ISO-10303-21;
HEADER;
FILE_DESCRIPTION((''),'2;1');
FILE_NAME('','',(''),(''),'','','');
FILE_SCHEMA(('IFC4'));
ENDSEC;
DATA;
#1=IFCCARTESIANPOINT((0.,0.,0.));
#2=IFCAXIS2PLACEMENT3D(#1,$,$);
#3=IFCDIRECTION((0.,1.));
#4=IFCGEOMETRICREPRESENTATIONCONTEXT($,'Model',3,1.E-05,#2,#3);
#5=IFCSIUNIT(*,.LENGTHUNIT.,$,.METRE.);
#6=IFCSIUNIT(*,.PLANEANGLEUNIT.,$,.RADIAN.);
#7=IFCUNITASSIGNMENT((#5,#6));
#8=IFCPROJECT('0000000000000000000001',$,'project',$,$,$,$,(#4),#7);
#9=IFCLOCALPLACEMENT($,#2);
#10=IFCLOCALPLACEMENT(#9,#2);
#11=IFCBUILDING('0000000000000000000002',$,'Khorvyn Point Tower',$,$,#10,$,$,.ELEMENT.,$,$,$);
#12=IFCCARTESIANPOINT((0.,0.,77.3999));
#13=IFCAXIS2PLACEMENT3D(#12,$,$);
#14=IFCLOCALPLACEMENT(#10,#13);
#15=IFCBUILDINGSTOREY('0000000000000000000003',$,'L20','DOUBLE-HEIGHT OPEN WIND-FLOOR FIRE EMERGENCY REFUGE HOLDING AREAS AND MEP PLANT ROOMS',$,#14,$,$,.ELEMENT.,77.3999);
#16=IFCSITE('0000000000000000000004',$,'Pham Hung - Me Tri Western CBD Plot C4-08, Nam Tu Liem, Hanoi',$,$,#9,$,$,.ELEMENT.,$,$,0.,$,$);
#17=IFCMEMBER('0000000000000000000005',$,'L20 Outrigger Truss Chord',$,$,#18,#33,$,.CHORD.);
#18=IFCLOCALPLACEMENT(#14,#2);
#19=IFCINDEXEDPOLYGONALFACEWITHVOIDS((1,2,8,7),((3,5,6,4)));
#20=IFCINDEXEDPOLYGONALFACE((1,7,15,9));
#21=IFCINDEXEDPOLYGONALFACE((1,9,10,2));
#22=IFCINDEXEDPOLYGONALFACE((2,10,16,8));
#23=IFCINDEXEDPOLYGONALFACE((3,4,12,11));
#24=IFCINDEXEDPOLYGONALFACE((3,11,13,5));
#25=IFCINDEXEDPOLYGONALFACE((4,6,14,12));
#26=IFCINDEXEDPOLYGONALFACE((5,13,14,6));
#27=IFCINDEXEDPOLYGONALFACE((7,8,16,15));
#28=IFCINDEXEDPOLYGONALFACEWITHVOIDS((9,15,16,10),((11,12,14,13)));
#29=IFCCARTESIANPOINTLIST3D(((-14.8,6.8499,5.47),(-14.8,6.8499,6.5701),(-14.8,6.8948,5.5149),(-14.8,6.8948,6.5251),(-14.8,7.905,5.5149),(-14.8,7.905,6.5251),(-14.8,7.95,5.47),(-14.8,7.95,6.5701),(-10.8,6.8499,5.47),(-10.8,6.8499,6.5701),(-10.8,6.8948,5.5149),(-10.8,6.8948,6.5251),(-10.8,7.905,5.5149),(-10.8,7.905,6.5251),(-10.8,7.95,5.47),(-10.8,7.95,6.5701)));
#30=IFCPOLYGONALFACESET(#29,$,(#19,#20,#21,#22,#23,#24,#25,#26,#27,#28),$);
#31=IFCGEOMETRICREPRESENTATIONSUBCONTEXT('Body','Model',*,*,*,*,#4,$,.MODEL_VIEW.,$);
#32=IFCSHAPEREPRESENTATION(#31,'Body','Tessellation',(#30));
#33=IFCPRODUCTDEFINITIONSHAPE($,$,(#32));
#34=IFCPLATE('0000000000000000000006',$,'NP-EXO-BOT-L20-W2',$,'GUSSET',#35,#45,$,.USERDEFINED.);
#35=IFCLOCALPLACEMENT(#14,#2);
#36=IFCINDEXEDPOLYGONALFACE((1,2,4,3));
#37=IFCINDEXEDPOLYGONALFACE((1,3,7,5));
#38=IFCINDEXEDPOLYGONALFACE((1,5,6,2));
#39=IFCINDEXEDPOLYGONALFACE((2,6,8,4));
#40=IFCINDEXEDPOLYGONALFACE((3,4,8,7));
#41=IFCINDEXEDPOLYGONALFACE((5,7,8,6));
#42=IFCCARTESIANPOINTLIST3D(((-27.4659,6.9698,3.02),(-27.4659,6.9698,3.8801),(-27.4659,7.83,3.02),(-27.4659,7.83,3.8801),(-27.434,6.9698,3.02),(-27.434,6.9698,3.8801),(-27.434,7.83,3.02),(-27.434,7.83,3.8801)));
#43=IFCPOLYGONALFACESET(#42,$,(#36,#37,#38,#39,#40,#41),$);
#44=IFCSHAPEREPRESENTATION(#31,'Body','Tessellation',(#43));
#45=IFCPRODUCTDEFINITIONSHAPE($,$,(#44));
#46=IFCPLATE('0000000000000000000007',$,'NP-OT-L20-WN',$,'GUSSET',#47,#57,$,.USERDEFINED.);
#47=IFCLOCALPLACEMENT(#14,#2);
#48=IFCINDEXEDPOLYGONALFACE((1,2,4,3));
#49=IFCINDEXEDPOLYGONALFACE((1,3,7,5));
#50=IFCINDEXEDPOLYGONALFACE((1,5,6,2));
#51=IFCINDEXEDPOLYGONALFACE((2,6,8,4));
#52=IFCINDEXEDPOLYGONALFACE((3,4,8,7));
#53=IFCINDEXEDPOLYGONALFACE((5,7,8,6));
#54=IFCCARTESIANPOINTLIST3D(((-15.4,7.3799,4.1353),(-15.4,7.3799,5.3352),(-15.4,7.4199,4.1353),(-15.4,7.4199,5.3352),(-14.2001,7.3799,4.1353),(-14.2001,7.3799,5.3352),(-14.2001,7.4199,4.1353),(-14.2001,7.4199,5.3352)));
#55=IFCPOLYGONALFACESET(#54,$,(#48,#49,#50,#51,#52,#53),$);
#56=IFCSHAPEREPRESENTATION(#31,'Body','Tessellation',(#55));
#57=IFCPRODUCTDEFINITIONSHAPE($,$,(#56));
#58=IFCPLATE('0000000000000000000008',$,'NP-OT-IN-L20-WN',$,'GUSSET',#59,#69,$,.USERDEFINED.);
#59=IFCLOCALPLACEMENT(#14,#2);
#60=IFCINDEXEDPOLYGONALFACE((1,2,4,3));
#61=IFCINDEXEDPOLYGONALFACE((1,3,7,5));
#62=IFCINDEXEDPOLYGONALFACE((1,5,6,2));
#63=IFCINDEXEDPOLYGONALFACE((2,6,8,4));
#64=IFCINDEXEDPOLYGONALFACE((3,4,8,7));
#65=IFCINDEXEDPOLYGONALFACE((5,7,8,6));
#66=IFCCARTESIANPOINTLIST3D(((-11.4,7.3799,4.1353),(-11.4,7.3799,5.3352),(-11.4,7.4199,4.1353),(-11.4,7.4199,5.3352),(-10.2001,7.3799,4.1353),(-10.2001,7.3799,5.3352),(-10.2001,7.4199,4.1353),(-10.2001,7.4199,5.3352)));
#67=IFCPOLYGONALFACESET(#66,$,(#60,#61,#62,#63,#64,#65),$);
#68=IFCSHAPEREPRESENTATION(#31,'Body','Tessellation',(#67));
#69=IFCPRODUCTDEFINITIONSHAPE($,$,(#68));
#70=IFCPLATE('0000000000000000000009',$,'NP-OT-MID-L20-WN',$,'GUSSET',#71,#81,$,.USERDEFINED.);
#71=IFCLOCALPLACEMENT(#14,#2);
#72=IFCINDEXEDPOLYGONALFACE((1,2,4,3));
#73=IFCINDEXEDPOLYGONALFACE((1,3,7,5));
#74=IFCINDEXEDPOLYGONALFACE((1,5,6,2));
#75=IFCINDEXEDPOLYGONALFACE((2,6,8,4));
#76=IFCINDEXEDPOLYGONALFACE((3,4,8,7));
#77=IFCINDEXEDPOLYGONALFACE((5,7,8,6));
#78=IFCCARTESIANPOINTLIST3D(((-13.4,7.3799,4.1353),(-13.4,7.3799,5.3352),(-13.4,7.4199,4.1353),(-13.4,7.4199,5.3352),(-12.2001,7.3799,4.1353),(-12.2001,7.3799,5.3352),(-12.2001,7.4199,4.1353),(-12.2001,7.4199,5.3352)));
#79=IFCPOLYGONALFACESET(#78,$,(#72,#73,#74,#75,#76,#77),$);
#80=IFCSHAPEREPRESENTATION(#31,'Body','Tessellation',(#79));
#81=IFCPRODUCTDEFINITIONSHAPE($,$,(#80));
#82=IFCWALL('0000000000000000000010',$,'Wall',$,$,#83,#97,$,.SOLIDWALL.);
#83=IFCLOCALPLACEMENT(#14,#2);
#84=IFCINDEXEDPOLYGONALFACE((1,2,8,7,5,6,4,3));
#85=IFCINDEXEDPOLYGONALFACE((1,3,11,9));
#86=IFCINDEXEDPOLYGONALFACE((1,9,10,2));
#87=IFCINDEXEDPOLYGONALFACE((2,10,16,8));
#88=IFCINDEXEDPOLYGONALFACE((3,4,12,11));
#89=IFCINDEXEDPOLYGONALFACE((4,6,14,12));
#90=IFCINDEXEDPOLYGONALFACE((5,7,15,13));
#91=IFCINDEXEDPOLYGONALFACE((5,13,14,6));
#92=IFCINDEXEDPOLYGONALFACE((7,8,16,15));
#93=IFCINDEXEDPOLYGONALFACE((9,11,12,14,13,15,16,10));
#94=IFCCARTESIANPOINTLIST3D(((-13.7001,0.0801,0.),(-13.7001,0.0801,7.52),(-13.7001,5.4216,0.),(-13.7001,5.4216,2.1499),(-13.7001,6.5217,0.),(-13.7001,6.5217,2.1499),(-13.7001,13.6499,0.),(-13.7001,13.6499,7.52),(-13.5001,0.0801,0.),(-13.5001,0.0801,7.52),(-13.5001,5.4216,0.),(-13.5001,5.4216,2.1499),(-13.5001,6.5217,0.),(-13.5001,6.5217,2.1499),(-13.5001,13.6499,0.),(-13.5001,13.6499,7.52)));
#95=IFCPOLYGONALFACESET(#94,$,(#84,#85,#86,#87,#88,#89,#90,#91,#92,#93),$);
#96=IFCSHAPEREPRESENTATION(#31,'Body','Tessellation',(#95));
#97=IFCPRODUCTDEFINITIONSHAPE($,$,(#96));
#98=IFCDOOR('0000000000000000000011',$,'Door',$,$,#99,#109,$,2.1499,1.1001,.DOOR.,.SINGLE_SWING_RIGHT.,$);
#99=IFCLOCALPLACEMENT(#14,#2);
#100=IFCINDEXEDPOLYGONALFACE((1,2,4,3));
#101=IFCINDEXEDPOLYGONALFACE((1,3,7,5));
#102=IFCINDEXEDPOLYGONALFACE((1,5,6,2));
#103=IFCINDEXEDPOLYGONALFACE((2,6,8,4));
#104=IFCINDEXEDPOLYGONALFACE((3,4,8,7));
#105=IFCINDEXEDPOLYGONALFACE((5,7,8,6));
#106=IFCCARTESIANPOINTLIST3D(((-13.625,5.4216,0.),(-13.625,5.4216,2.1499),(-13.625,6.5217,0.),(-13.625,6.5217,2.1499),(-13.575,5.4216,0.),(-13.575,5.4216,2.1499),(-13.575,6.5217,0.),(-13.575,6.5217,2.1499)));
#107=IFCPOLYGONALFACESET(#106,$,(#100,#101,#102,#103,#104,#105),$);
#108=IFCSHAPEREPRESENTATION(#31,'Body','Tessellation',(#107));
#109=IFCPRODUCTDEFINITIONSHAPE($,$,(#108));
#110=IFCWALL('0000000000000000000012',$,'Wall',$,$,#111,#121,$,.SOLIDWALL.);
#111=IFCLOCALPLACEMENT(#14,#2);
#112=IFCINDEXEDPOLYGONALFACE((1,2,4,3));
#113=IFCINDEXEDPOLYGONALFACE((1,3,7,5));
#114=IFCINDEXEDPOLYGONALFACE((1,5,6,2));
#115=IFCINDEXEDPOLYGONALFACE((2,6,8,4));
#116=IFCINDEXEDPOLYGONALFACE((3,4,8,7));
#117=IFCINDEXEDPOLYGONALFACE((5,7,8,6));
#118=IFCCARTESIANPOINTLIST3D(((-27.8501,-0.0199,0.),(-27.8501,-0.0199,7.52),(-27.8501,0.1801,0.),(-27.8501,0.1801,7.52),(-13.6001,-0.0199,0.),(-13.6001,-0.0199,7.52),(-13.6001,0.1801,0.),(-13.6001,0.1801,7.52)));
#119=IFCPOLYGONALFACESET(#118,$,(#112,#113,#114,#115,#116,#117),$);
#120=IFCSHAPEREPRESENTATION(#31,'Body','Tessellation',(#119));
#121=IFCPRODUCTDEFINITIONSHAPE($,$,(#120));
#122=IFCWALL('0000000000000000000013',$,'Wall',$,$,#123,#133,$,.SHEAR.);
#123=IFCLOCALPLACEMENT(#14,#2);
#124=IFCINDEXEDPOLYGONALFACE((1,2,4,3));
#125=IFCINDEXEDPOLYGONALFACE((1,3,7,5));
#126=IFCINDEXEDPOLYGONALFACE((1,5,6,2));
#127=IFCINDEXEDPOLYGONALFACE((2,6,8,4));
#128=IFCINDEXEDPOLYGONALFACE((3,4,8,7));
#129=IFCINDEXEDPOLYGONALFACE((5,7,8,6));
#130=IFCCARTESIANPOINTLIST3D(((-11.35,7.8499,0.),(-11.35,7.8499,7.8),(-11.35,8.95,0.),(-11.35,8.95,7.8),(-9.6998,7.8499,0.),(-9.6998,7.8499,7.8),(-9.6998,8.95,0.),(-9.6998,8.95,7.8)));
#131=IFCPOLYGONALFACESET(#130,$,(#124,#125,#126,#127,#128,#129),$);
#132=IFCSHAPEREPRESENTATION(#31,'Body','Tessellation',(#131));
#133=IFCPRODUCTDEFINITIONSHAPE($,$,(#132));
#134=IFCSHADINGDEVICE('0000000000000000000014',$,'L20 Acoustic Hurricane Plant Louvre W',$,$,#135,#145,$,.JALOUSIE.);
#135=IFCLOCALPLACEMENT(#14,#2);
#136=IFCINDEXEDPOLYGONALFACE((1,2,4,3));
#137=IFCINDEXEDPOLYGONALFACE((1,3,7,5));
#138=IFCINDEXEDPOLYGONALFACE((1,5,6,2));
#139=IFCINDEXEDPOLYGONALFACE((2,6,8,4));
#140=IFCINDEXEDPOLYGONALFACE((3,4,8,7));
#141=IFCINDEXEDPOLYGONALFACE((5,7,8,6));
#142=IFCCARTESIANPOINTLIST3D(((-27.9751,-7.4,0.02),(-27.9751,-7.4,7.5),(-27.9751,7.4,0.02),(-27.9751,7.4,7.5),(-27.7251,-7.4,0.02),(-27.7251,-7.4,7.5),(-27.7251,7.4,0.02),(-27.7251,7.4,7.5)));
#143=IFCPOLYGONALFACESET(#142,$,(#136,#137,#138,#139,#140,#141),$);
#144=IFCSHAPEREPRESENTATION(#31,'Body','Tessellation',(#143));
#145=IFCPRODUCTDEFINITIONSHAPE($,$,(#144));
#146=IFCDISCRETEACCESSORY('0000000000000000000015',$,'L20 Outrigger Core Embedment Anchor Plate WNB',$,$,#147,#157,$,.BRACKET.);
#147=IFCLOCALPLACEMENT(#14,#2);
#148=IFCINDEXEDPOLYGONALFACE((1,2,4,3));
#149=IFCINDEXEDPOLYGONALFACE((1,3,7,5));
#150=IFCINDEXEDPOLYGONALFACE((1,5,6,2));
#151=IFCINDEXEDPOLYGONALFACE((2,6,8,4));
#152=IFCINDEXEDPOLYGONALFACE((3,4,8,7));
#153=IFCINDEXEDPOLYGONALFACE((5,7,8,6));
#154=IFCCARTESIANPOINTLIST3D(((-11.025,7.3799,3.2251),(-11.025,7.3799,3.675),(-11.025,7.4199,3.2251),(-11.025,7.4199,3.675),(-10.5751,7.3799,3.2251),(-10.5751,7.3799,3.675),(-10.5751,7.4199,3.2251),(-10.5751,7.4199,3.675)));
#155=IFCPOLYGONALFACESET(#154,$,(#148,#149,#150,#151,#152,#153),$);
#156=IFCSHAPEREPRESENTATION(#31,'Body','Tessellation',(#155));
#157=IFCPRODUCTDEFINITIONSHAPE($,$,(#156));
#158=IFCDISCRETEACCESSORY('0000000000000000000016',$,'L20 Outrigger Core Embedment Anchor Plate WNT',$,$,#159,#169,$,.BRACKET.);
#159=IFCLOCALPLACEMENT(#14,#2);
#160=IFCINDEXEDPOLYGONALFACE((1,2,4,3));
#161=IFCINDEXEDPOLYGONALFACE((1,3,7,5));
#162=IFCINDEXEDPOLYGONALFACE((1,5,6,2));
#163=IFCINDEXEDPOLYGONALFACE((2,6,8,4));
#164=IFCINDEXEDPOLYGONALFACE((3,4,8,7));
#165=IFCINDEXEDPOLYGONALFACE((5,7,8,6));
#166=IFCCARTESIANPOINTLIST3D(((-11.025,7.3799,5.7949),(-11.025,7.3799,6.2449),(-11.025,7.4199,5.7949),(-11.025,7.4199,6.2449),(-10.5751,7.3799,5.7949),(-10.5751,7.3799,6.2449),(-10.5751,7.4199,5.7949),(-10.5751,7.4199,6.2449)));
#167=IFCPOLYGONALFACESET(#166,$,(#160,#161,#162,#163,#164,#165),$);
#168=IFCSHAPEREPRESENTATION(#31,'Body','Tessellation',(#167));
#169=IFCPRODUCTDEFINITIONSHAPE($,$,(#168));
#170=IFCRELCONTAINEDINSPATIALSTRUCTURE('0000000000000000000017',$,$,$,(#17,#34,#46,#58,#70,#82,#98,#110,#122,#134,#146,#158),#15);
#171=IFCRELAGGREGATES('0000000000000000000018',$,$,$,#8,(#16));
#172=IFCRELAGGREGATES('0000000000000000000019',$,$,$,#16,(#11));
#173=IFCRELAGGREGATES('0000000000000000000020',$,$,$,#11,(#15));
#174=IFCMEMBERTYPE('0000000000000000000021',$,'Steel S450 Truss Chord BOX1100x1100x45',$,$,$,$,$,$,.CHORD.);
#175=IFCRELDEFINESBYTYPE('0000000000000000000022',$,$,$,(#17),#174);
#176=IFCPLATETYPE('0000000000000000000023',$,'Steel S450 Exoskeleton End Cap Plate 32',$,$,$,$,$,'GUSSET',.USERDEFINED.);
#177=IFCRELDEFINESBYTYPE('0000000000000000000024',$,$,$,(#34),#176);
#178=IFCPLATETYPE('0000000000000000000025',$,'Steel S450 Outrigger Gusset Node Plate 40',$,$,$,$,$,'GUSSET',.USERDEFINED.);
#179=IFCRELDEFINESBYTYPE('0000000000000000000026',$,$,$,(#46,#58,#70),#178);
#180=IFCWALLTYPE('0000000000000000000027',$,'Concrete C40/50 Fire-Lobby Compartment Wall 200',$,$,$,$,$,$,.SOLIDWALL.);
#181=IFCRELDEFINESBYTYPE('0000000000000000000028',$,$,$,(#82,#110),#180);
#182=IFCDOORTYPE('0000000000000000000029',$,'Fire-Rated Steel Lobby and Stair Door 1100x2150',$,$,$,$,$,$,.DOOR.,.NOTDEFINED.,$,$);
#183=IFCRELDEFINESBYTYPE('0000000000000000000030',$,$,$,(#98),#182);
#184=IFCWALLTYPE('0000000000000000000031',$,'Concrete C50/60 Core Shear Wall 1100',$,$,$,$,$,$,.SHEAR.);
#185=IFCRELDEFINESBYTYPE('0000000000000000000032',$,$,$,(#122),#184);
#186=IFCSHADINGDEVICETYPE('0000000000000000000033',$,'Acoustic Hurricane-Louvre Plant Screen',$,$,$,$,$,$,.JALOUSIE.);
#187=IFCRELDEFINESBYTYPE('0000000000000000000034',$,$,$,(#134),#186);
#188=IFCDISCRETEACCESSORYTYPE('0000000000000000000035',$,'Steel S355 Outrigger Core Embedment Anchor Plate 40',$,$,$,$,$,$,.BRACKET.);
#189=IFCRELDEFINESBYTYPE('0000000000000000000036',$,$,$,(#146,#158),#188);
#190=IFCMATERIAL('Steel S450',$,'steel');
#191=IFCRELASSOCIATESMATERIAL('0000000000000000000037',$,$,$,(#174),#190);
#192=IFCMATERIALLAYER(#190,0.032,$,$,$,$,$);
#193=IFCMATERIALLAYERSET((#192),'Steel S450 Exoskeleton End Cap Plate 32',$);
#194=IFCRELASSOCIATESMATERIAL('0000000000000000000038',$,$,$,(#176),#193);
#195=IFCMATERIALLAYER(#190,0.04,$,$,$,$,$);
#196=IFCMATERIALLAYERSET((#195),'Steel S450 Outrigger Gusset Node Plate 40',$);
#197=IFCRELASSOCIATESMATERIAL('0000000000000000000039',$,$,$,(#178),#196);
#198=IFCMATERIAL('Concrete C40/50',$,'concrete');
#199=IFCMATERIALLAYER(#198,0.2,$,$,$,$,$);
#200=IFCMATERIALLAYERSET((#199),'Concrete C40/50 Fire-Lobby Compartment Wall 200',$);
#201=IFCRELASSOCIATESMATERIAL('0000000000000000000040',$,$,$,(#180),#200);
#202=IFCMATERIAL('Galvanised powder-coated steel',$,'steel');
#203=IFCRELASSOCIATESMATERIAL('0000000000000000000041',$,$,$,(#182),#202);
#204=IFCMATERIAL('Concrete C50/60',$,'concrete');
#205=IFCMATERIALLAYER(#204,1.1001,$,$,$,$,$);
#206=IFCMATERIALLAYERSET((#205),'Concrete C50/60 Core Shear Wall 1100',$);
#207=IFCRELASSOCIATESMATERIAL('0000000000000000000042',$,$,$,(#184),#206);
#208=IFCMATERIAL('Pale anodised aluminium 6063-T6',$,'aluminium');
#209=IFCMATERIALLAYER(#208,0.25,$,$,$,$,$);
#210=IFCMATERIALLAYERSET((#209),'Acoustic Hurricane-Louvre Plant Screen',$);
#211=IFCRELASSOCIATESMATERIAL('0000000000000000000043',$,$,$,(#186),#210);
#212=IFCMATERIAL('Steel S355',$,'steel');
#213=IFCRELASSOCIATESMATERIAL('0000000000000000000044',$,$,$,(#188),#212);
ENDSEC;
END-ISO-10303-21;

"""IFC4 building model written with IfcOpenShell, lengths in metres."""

from ifc_helpers import new_model, si_unit, direction, frame, frame_2d, origin, origin_2d, place, context, subcontext, project, spatial, rectangle, hollow_rectangle, extrude, material, layer, layer_set, material_profile, profile_set, type_object, element, fill, save


model = new_model("IFC4")

# Units and contexts
model_context = context("Model", 3, precision=1e-05, world=origin(), true_north=direction((0.0, 1.0)))
body_context = subcontext(model_context, "Body", "Model", "MODEL_VIEW")
ifc_project = project(units=[si_unit("LENGTHUNIT", "METRE"), si_unit("PLANEANGLEUNIT", "RADIAN")], contexts=[model_context])

# Site, building, storey
site_placement = place(None, origin())
site = spatial("IfcSite", under=ifc_project, at=site_placement, Name="Pham Hung - Me Tri Western CBD Plot C4-08, Nam Tu Liem, Hanoi", CompositionType="ELEMENT", RefElevation=0.0)
building_placement = place(site_placement, origin())
building = spatial("IfcBuilding", under=site, at=building_placement, Name="Khorvyn Point Tower", CompositionType="ELEMENT")
storey_placement = place(building_placement, frame((0.0, 0.0, 77.3999)))
storey = spatial("IfcBuildingStorey", under=building, at=storey_placement, Name="L20", Description="DOUBLE-HEIGHT OPEN WIND-FLOOR FIRE EMERGENCY REFUGE HOLDING AREAS AND MEP PLANT ROOMS", CompositionType="ELEMENT", Elevation=77.3999)

# Shared definitions
ifc_material_1 = material(Name="Concrete C50/60", Category="concrete")
ifc_material_2 = material(Name="Steel S450", Category="steel")

# Shared definitions
ifc_material_3 = material(Name="Steel S355", Category="steel")

# Member
ifc_material_profile_1 = material_profile(ifc_material_2, hollow_rectangle(XDim=1.1001, YDim=1.1001, WallThickness=0.0449, at=origin_2d()))
ifc_profile_set_1 = profile_set([ifc_material_profile_1], Name="Steel S450 BOX1100x1100x45")
member_type_1 = type_object("IfcMemberType", Name="Steel S450 Truss Chord BOX1100x1100x45", PredefinedType="CHORD", material=ifc_profile_set_1)
for number, where, z_axis, x_axis, name in (
    (1, (-10.8, 7.3999, 6.02), (-1.0, 0.0, 0.0), (0.0, -1.0, 0.0), "L20 Outrigger Truss Chord"),
):
    element("IfcMember", number, at=place(storey_placement, frame(where, z_axis=z_axis, x_axis=x_axis)), inside=storey, type_object=member_type_1, Name=name, PredefinedType="CHORD", context=body_context, shape_type="SweptSolid", body=[
        extrude(hollow_rectangle(XDim=1.1001, YDim=1.1001, WallThickness=0.0449, at=origin_2d()), origin(), (0.0, 0.0, 1.0), 4.0),
    ])

# Plates
ifc_layer_1 = layer(ifc_material_2, 0.032)
ifc_layer_set_1 = layer_set([ifc_layer_1], Name="Steel S450 Exoskeleton End Cap Plate 32")
plate_type_1 = type_object("IfcPlateType", Name="Steel S450 Exoskeleton End Cap Plate 32", ElementType="GUSSET", PredefinedType="USERDEFINED", material=ifc_layer_set_1)
plate_placement = place(storey_placement, frame((-27.45, 7.3999, 3.02), z_axis=(0.0, 0.0, 1.0), x_axis=(1.0, 0.0, 0.0)))
element("IfcPlate", 2, at=plate_placement, inside=storey, type_object=plate_type_1, Name="NP-EXO-BOT-L20-W2", ObjectType="GUSSET", PredefinedType="USERDEFINED", context=body_context, shape_type="SweptSolid", body=[
    extrude(rectangle(XDim=0.032, YDim=0.8601, at=origin_2d()), origin(), (0.0, 0.0, 1.0), 0.8601),
])
ifc_layer_2 = layer(ifc_material_2, 0.04)
ifc_layer_set_2 = layer_set([ifc_layer_2], Name="Steel S450 Outrigger Gusset Node Plate 40")
plate_type_2 = type_object("IfcPlateType", Name="Steel S450 Outrigger Gusset Node Plate 40", ElementType="GUSSET", PredefinedType="USERDEFINED", material=ifc_layer_set_2)
for number, where, z_axis, x_axis, name in (
    (3, (-14.8, 7.3999, 4.1353), (0.0, 0.0, 1.0), (1.0, 0.0, 0.0), "NP-OT-L20-WN"),
    (4, (-10.8, 7.3999, 4.1353), (0.0, 0.0, 1.0), (1.0, 0.0, 0.0), "NP-OT-IN-L20-WN"),
    (5, (-12.8, 7.3999, 4.1353), (0.0, 0.0, 1.0), (1.0, 0.0, 0.0), "NP-OT-MID-L20-WN"),
):
    element("IfcPlate", number, at=place(storey_placement, frame(where, z_axis=z_axis, x_axis=x_axis)), inside=storey, type_object=plate_type_2, Name=name, ObjectType="GUSSET", PredefinedType="USERDEFINED", context=body_context, shape_type="SweptSolid", body=[
        extrude(rectangle(XDim=1.2, YDim=0.04, at=origin_2d()), origin(), (0.0, 0.0, 1.0), 1.2),
    ])

# Wall, opening, door
ifc_material_4 = material(Name="Concrete C40/50", Category="concrete")
ifc_layer_3 = layer(ifc_material_4, 0.2)
ifc_layer_set_3 = layer_set([ifc_layer_3], Name="Concrete C40/50 Fire-Lobby Compartment Wall 200")
wall_type_1 = type_object("IfcWallType", Name="Concrete C40/50 Fire-Lobby Compartment Wall 200", PredefinedType="SOLIDWALL", material=ifc_layer_set_3)
ifc_material_5 = material(Name="Galvanised powder-coated steel", Category="steel")
door_type = type_object("IfcDoorType", Name="Fire-Rated Steel Lobby and Stair Door 1100x2150", OperationType="NOTDEFINED", PredefinedType="DOOR", material=ifc_material_5)
wall_1_placement = place(storey_placement, frame((-13.6001, 0.0801, 0.0), z_axis=(0.0, 0.0, 1.0), x_axis=(0.0, 1.0, 0.0)))
wall_1 = element("IfcWall", 6, at=wall_1_placement, inside=storey, type_object=wall_type_1, Name="Wall", PredefinedType="SOLIDWALL", context=body_context, shape_type="SweptSolid", body=[
    extrude(rectangle(XDim=13.5698, YDim=0.2, at=frame_2d((6.7849, 0.0))), origin(), (0.0, 0.0, 1.0), 7.52),
])
opening_1_placement = place(wall_1_placement, frame((5.3416, 0.0, 0.0)))
opening_1 = element("IfcOpeningElement", 7, at=opening_1_placement, cuts=wall_1, PredefinedType="OPENING", context=body_context, shape_type="SweptSolid", body=[
    extrude(rectangle(XDim=1.1001, YDim=2.1499, at=frame_2d((0.55, 1.075))), frame((0.0, 0.1099, 0.0), z_axis=(0.0, -1.0, 0.0), x_axis=(1.0, 0.0, 0.0)), (0.0, 0.0, 1.0), 0.22),
])
door_1_placement = place(opening_1_placement, origin())
door_1 = element("IfcDoor", 8, at=door_1_placement, inside=storey, type_object=door_type, Name="Door", OperationType="SINGLE_SWING_RIGHT", OverallHeight=2.1499, OverallWidth=1.1001, PredefinedType="DOOR", context=body_context, shape_type="SweptSolid", body=[
    extrude(rectangle(XDim=1.1001, YDim=2.1499, at=frame_2d((0.55, 1.075))), frame((0.0, 0.0249, 0.0), z_axis=(0.0, -1.0, 0.0), x_axis=(1.0, 0.0, 0.0)), (0.0, 0.0, 1.0), 0.05),
])
fill(opening_1, door_1)

# Walls
wall_2_placement = place(storey_placement, frame((-27.8501, 0.0801, 0.0), z_axis=(0.0, 0.0, 1.0), x_axis=(1.0, 0.0, 0.0)))
element("IfcWall", 9, at=wall_2_placement, inside=storey, type_object=wall_type_1, Name="Wall", PredefinedType="SOLIDWALL", context=body_context, shape_type="SweptSolid", body=[
    extrude(rectangle(XDim=14.25, YDim=0.2, at=frame_2d((7.125, 0.0))), origin(), (0.0, 0.0, 1.0), 7.52),
])
ifc_layer_4 = layer(ifc_material_1, 1.1001)
ifc_layer_set_4 = layer_set([ifc_layer_4], Name="Concrete C50/60 Core Shear Wall 1100")
wall_type_2 = type_object("IfcWallType", Name="Concrete C50/60 Core Shear Wall 1100", PredefinedType="SHEAR", material=ifc_layer_set_4)
wall_3_placement = place(storey_placement, frame((-11.3501, 8.3999, 0.0), z_axis=(0.0, 0.0, 1.0), x_axis=(1.0, 0.0, 0.0)))
element("IfcWall", 10, at=wall_3_placement, inside=storey, type_object=wall_type_2, Name="Wall", PredefinedType="SHEAR", context=body_context, shape_type="SweptSolid", body=[
    extrude(rectangle(XDim=1.6501, YDim=1.1001, at=frame_2d((0.8252, 0.0))), origin(), (0.0, 0.0, 1.0), 7.8),
])

# Shading device
ifc_material_6 = material(Name="Pale anodised aluminium 6063-T6", Category="aluminium")
ifc_layer_5 = layer(ifc_material_6, 0.25)
ifc_layer_set_5 = layer_set([ifc_layer_5], Name="Acoustic Hurricane-Louvre Plant Screen")
shading_device_type = type_object("IfcShadingDeviceType", Name="Acoustic Hurricane-Louvre Plant Screen", PredefinedType="JALOUSIE", material=ifc_layer_set_5)
shading_device_placement = place(storey_placement, frame((-27.8501, 0.0, 0.02), z_axis=(0.0, 0.0, 1.0), x_axis=(1.0, 0.0, 0.0)))
element("IfcShadingDevice", 11, at=shading_device_placement, inside=storey, type_object=shading_device_type, Name="L20 Acoustic Hurricane Plant Louvre W", PredefinedType="JALOUSIE", context=body_context, shape_type="SweptSolid", body=[
    extrude(rectangle(XDim=0.25, YDim=14.8, at=origin_2d()), origin(), (0.0, 0.0, 1.0), 7.48),
])

# Discrete accessories
discrete_accessory_type = type_object("IfcDiscreteAccessoryType", Name="Steel S355 Outrigger Core Embedment Anchor Plate 40", PredefinedType="BRACKET", material=ifc_material_3)
for number, where, z_axis, x_axis, name in (
    (12, (-10.8, 7.3999, 3.2251), (0.0, 0.0, 1.0), (1.0, 0.0, 0.0), "L20 Outrigger Core Embedment Anchor Plate WNB"),
    (13, (-10.8, 7.3999, 5.7949), (0.0, 0.0, 1.0), (1.0, 0.0, 0.0), "L20 Outrigger Core Embedment Anchor Plate WNT"),
):
    element("IfcDiscreteAccessory", number, at=place(storey_placement, frame(where, z_axis=z_axis, x_axis=x_axis)), inside=storey, type_object=discrete_accessory_type, Name=name, PredefinedType="BRACKET", context=body_context, shape_type="SweptSolid", body=[
        extrude(rectangle(XDim=0.45, YDim=0.04, at=origin_2d()), origin(), (0.0, 0.0, 1.0), 0.45),
    ])

save(model, "model.ifc")
